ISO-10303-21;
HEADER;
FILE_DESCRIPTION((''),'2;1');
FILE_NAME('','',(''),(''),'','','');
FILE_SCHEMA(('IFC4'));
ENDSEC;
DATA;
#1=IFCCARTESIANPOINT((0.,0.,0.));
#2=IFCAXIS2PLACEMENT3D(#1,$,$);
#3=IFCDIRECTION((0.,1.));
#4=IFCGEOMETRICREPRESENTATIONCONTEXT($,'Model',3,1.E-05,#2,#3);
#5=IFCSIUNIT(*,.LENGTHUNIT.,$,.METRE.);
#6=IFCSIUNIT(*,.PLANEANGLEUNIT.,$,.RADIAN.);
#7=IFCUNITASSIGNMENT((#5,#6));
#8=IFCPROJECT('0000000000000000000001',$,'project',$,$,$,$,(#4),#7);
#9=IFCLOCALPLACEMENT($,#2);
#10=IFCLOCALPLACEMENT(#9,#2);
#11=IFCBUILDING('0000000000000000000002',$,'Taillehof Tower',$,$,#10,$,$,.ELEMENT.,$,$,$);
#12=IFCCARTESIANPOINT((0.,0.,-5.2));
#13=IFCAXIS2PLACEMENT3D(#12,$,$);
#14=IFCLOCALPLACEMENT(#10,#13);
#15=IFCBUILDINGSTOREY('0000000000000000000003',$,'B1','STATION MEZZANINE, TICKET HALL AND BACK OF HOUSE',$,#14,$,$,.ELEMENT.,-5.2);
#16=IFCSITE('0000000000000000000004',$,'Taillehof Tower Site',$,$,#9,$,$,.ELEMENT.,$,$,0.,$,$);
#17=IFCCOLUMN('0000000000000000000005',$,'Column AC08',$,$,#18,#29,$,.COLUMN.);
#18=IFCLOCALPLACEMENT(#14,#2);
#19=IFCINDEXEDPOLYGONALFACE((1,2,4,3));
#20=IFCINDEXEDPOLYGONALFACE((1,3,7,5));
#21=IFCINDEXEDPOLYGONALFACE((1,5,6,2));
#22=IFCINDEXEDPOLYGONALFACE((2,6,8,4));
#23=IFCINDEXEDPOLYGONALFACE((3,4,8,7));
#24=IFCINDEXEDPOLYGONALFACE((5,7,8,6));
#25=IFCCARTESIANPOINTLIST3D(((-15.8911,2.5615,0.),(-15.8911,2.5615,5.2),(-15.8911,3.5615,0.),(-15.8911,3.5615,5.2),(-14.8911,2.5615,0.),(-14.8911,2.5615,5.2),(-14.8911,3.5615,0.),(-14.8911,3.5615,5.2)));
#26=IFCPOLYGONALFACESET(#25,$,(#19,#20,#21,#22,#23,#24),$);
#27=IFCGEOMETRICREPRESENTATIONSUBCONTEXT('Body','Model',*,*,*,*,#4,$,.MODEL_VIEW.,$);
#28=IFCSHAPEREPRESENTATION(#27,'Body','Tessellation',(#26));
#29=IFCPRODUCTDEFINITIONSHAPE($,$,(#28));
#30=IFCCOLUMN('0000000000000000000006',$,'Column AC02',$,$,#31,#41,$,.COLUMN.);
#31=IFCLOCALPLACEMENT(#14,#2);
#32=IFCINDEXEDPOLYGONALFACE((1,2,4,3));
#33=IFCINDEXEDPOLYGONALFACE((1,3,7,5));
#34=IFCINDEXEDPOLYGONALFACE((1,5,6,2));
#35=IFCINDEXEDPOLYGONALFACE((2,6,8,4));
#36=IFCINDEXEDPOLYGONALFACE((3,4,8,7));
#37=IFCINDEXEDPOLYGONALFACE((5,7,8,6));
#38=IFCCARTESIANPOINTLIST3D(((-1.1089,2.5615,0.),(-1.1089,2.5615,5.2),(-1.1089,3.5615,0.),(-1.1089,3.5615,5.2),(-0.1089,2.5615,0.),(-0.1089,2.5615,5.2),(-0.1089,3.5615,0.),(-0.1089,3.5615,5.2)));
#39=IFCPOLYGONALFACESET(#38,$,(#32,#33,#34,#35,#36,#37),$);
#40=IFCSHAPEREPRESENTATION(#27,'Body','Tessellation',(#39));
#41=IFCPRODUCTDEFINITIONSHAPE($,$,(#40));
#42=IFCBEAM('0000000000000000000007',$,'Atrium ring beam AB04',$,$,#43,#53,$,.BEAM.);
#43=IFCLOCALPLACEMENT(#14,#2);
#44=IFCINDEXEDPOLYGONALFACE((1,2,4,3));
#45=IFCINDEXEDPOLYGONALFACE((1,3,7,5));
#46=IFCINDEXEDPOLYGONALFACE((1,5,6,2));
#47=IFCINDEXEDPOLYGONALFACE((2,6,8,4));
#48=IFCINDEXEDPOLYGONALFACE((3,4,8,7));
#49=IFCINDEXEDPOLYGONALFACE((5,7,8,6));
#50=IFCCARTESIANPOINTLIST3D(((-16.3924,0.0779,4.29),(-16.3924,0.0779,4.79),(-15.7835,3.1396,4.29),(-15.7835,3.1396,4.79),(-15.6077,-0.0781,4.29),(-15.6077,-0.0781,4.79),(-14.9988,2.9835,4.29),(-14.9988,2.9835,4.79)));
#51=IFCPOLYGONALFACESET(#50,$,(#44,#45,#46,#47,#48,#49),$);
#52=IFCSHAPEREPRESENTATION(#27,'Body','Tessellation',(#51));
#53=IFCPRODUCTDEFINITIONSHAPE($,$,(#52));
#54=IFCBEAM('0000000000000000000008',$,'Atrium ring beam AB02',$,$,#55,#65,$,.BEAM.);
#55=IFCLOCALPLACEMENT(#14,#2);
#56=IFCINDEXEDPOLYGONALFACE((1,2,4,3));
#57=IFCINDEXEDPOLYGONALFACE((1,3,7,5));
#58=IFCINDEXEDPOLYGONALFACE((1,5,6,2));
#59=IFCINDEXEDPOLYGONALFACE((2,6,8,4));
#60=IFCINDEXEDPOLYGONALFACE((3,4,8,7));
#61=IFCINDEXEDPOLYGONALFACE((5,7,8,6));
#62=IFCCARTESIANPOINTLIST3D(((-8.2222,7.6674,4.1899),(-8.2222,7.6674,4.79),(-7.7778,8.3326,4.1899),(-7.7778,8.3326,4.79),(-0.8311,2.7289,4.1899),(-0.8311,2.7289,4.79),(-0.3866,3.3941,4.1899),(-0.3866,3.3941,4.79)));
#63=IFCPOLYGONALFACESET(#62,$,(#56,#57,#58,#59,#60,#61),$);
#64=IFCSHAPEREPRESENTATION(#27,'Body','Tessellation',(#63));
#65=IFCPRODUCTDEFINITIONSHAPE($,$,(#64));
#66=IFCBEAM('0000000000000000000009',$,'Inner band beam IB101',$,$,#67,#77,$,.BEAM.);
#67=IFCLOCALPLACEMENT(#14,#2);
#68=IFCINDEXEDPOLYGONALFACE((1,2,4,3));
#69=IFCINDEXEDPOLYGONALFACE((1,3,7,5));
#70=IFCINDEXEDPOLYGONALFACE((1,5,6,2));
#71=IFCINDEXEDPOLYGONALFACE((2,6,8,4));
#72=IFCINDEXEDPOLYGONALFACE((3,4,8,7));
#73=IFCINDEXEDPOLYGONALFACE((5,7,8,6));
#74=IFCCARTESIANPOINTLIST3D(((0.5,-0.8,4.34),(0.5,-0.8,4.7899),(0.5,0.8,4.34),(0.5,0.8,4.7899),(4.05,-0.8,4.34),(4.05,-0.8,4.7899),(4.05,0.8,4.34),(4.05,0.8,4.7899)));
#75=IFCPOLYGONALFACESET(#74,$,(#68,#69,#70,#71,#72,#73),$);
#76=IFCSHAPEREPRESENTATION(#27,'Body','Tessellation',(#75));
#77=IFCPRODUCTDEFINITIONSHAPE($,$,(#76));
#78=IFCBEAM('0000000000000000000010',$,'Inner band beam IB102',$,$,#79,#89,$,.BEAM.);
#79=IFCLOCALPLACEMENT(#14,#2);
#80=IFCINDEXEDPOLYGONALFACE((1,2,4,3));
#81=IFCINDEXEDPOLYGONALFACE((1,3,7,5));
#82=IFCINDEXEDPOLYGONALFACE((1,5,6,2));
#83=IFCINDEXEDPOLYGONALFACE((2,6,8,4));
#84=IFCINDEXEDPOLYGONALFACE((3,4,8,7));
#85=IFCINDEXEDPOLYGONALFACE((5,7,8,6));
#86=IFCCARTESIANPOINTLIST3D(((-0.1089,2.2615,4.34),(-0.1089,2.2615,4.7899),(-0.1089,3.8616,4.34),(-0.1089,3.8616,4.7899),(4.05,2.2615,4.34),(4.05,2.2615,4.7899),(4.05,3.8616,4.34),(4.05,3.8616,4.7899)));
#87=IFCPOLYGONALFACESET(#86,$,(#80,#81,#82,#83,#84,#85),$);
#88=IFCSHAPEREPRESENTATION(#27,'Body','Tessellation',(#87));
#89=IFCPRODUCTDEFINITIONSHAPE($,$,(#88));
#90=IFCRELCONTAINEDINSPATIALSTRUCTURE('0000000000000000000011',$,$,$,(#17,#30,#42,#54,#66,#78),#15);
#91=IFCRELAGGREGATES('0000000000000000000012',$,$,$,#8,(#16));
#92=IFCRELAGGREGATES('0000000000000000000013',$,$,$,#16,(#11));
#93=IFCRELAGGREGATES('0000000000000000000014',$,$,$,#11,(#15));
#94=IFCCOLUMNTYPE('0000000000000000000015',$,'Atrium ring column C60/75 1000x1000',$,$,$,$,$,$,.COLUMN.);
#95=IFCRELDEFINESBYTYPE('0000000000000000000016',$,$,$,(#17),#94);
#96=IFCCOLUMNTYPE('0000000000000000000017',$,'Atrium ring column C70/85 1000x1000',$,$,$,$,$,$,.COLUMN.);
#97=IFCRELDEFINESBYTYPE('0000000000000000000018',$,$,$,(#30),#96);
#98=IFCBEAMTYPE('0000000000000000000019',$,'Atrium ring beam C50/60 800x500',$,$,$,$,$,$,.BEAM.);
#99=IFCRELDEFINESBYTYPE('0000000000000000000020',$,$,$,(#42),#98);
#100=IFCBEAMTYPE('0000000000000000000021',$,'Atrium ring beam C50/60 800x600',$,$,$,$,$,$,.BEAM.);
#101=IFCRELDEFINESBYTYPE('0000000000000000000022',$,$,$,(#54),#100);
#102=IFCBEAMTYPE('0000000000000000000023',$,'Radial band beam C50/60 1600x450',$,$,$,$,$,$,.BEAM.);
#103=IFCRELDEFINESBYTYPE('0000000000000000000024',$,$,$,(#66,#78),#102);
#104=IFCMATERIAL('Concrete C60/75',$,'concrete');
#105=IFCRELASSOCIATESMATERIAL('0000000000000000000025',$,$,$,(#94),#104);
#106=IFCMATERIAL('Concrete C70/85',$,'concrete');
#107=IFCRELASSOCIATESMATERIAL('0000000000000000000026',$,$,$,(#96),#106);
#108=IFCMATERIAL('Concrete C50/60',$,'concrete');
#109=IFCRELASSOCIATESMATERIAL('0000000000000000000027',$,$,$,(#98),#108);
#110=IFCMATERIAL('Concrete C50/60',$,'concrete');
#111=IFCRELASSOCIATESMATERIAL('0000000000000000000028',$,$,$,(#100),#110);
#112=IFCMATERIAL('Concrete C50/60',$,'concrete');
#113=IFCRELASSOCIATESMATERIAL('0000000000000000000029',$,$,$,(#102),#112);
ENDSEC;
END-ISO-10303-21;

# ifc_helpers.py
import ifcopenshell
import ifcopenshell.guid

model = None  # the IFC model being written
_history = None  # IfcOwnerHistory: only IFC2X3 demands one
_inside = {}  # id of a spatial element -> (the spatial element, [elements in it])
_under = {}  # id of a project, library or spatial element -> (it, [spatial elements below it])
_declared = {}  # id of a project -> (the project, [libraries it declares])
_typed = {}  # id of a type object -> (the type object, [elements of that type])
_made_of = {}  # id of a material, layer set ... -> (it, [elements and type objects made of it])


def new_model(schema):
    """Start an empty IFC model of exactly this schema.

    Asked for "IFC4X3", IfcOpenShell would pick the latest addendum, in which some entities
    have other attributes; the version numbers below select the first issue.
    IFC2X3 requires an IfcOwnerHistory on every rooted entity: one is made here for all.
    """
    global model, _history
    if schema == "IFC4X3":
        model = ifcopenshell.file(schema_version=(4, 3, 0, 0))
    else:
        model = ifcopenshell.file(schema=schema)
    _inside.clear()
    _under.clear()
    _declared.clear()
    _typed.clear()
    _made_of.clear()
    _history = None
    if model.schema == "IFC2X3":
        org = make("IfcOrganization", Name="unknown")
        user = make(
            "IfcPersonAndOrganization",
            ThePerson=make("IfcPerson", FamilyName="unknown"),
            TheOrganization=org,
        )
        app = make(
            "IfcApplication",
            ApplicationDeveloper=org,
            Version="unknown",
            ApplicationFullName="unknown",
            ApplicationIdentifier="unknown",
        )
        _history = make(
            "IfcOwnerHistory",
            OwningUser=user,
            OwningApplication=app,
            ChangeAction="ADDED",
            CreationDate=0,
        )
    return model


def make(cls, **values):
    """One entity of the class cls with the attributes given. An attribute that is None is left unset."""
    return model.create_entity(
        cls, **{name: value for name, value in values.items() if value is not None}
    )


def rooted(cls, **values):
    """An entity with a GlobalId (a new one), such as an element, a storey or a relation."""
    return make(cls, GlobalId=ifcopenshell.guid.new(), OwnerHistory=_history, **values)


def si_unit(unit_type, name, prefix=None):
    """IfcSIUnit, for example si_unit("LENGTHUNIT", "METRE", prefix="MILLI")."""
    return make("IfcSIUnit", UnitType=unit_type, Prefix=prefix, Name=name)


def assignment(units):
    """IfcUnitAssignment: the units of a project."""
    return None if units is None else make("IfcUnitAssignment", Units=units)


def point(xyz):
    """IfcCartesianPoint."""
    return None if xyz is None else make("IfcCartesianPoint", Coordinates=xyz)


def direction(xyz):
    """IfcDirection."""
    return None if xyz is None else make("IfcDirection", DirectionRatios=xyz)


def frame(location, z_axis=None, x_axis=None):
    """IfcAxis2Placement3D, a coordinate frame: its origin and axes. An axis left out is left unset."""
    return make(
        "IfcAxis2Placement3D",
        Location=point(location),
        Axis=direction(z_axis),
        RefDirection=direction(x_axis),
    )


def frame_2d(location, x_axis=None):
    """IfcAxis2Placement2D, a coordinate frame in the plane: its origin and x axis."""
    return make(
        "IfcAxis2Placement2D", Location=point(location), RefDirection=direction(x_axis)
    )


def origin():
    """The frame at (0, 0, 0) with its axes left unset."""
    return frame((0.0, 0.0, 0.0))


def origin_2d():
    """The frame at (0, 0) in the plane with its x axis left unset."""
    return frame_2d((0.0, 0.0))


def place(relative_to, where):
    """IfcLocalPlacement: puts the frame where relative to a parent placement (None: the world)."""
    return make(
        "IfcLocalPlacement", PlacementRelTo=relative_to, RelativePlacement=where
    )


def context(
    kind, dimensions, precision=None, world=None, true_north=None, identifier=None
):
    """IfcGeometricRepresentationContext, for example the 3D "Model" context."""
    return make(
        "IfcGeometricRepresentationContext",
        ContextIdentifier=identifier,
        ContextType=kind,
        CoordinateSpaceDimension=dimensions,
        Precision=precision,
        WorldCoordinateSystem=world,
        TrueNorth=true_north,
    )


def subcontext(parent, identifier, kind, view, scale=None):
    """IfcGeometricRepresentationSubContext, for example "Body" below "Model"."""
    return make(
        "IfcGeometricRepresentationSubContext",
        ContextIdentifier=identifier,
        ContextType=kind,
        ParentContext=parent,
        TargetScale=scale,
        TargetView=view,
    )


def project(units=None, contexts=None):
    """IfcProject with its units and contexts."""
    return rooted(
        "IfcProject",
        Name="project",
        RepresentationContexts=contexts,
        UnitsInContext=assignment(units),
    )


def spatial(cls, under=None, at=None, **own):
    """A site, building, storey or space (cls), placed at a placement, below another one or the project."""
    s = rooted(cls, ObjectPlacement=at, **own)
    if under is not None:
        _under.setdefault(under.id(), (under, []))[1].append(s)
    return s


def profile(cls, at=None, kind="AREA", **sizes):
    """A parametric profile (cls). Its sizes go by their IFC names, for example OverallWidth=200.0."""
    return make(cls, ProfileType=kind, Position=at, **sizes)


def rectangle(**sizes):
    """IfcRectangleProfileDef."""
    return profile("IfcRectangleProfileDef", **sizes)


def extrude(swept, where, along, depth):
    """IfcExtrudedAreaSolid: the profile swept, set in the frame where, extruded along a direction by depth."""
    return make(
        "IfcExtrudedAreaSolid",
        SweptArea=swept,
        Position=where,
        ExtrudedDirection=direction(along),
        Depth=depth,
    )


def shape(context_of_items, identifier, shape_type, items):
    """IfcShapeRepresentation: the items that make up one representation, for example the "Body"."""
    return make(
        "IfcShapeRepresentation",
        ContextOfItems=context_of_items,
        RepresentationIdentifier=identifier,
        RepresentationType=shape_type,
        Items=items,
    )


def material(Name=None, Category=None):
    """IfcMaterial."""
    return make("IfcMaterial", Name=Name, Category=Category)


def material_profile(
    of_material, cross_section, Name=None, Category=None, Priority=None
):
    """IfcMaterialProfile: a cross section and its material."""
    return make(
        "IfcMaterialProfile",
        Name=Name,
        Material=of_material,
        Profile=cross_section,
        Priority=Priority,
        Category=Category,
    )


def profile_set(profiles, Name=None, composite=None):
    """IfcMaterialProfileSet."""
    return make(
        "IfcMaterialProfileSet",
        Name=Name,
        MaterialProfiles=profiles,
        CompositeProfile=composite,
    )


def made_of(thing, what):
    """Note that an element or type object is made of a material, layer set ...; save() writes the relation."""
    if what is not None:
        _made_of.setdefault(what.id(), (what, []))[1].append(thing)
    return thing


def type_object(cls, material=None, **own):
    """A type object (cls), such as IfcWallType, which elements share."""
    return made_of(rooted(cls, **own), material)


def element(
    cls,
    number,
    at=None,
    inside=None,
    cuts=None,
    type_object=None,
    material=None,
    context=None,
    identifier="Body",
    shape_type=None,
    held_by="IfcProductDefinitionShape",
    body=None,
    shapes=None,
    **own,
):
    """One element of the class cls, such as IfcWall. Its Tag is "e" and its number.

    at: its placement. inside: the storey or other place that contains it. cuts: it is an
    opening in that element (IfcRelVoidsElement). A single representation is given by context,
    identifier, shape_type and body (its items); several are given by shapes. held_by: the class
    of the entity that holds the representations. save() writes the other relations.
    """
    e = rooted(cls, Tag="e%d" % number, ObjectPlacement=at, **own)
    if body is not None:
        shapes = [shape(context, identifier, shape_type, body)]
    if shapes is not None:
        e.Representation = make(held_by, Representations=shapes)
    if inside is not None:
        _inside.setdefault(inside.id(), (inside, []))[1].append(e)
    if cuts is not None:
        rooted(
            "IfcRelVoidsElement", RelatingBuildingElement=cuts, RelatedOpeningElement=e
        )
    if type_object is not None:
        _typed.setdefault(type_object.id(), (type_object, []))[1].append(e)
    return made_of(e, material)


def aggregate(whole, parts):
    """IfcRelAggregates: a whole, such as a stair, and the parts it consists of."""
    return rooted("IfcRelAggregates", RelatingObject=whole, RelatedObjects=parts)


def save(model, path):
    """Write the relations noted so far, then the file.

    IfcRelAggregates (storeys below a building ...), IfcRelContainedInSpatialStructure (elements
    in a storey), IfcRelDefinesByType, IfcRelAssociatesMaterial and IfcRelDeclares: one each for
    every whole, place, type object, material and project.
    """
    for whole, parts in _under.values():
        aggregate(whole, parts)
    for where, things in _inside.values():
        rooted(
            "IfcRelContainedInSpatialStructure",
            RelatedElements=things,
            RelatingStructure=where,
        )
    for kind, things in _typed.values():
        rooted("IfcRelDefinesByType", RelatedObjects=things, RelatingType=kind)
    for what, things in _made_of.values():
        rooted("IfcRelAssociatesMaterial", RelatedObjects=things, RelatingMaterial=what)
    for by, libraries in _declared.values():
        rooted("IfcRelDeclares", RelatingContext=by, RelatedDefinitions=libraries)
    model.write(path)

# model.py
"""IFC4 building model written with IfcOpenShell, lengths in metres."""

from ifc_helpers import new_model, si_unit, direction, frame, origin, origin_2d, place, context, subcontext, project, spatial, rectangle, extrude, material, material_profile, profile_set, type_object, element, save


model = new_model("IFC4")

# Units and contexts
model_context = context("Model", 3, precision=1e-05, world=origin(), true_north=direction((0.0, 1.0)))
body_context = subcontext(model_context, "Body", "Model", "MODEL_VIEW")
ifc_project = project(units=[si_unit("LENGTHUNIT", "METRE"), si_unit("PLANEANGLEUNIT", "RADIAN")], contexts=[model_context])

# Site, building, storey
site_placement = place(None, origin())
site = spatial("IfcSite", under=ifc_project, at=site_placement, Name="Taillehof Tower Site", CompositionType="ELEMENT", RefElevation=0.0)
building_placement = place(site_placement, origin())
building = spatial("IfcBuilding", under=site, at=building_placement, Name="Taillehof Tower", CompositionType="ELEMENT")
storey_placement = place(building_placement, frame((0.0, 0.0, -5.2)))
storey = spatial("IfcBuildingStorey", under=building, at=storey_placement, Name="B1", Description="STATION MEZZANINE, TICKET HALL AND BACK OF HOUSE", CompositionType="ELEMENT", Elevation=-5.2)

# Columns
ifc_material_1 = material(Name="Concrete C60/75", Category="concrete")
ifc_material_profile_1 = material_profile(ifc_material_1, rectangle(XDim=1.0, YDim=1.0, at=origin_2d()), Name="RC 1000x1000")
ifc_profile_set_1 = profile_set([ifc_material_profile_1], Name="Concrete C60/75")
column_type_1 = type_object("IfcColumnType", Name="Atrium ring column C60/75 1000x1000", PredefinedType="COLUMN", material=ifc_profile_set_1)
column_1_placement = place(storey_placement, frame((-15.3911, 3.0615, 0.0), z_axis=(0.0, 0.0, 1.0), x_axis=(1.0, 0.0, 0.0)))
element("IfcColumn", 1, at=column_1_placement, inside=storey, type_object=column_type_1, Name="Column AC08", PredefinedType="COLUMN", context=body_context, shape_type="SweptSolid", body=[
    extrude(rectangle(XDim=1.0, YDim=1.0, at=origin_2d()), origin(), (0.0, 0.0, 1.0), 5.2),
])
ifc_material_2 = material(Name="Concrete C70/85", Category="concrete")
ifc_material_profile_2 = material_profile(ifc_material_2, rectangle(XDim=1.0, YDim=1.0, at=origin_2d()), Name="RC 1000x1000")
ifc_profile_set_2 = profile_set([ifc_material_profile_2], Name="Concrete C70/85")
column_type_2 = type_object("IfcColumnType", Name="Atrium ring column C70/85 1000x1000", PredefinedType="COLUMN", material=ifc_profile_set_2)
column_2_placement = place(storey_placement, frame((-0.6089, 3.0615, 0.0), z_axis=(0.0, 0.0, 1.0), x_axis=(1.0, 0.0, 0.0)))
element("IfcColumn", 2, at=column_2_placement, inside=storey, type_object=column_type_2, Name="Column AC02", PredefinedType="COLUMN", context=body_context, shape_type="SweptSolid", body=[
    extrude(rectangle(XDim=1.0, YDim=1.0, at=origin_2d()), origin(), (0.0, 0.0, 1.0), 5.2),
])

# Beams
ifc_material_3 = material(Name="Concrete C50/60", Category="concrete")
ifc_material_profile_3 = material_profile(ifc_material_3, rectangle(XDim=0.8, YDim=0.5, at=origin_2d()), Name="RC 800x500")
ifc_profile_set_3 = profile_set([ifc_material_profile_3], Name="Concrete C50/60")
beam_type_1 = type_object("IfcBeamType", Name="Atrium ring beam C50/60 800x500", PredefinedType="BEAM", material=ifc_profile_set_3)
beam_1_placement = place(storey_placement, frame((-15.3911, 3.0615, 4.54), z_axis=(-0.195063, -0.980791, 0.0), x_axis=(0.980791, -0.195063, 0.0)))
element("IfcBeam", 3, at=beam_1_placement, inside=storey, type_object=beam_type_1, Name="Atrium ring beam AB04", PredefinedType="BEAM", context=body_context, shape_type="SweptSolid", body=[
    extrude(rectangle(XDim=0.8, YDim=0.5, at=origin_2d()), origin(), (0.0, 0.0, 1.0), 3.1216),
])
ifc_material_4 = material(Name="Concrete C50/60", Category="concrete")
ifc_material_profile_4 = material_profile(ifc_material_4, rectangle(XDim=0.8, YDim=0.6001, at=origin_2d()), Name="RC 800x600")
ifc_profile_set_4 = profile_set([ifc_material_profile_4], Name="Concrete C50/60")
beam_type_2 = type_object("IfcBeamType", Name="Atrium ring beam C50/60 800x600", PredefinedType="BEAM", material=ifc_profile_set_4)
beam_2_placement = place(storey_placement, frame((-0.6089, 3.0615, 4.49), z_axis=(-0.831475, 0.555562, 0.0), x_axis=(-0.555562, -0.831475, 0.0)))
element("IfcBeam", 4, at=beam_2_placement, inside=storey, type_object=beam_type_2, Name="Atrium ring beam AB02", PredefinedType="BEAM", context=body_context, shape_type="SweptSolid", body=[
    extrude(rectangle(XDim=0.8, YDim=0.6001, at=origin_2d()), origin(), (0.0, 0.0, 1.0), 8.8892),
])
ifc_material_5 = material(Name="Concrete C50/60", Category="concrete")
ifc_material_profile_5 = material_profile(ifc_material_5, rectangle(XDim=1.6001, YDim=0.45, at=origin_2d()), Name="RC 1600x450")
ifc_profile_set_5 = profile_set([ifc_material_profile_5], Name="Concrete C50/60")
beam_type_3 = type_object("IfcBeamType", Name="Radial band beam C50/60 1600x450", PredefinedType="BEAM", material=ifc_profile_set_5)
beam_3_placement = place(storey_placement, frame((0.5, 0.0, 4.5649), z_axis=(1.0, 0.0, 0.0), x_axis=(0.0, 1.0, 0.0)))
element("IfcBeam", 5, at=beam_3_placement, inside=storey, type_object=beam_type_3, Name="Inner band beam IB101", PredefinedType="BEAM", context=body_context, shape_type="SweptSolid", body=[
    extrude(rectangle(XDim=1.6001, YDim=0.45, at=origin_2d()), origin(), (0.0, 0.0, 1.0), 3.55),
])
beam_4_placement = place(storey_placement, frame((-0.1089, 3.0615, 4.5649), z_axis=(1.0, 0.0, 0.0), x_axis=(0.0, 1.0, 0.0)))
element("IfcBeam", 6, at=beam_4_placement, inside=storey, type_object=beam_type_3, Name="Inner band beam IB102", PredefinedType="BEAM", context=body_context, shape_type="SweptSolid", body=[
    extrude(rectangle(XDim=1.6001, YDim=0.45, at=origin_2d()), origin(), (0.0, 0.0, 1.0), 4.1589),
])

save(model, "model.ifc")
